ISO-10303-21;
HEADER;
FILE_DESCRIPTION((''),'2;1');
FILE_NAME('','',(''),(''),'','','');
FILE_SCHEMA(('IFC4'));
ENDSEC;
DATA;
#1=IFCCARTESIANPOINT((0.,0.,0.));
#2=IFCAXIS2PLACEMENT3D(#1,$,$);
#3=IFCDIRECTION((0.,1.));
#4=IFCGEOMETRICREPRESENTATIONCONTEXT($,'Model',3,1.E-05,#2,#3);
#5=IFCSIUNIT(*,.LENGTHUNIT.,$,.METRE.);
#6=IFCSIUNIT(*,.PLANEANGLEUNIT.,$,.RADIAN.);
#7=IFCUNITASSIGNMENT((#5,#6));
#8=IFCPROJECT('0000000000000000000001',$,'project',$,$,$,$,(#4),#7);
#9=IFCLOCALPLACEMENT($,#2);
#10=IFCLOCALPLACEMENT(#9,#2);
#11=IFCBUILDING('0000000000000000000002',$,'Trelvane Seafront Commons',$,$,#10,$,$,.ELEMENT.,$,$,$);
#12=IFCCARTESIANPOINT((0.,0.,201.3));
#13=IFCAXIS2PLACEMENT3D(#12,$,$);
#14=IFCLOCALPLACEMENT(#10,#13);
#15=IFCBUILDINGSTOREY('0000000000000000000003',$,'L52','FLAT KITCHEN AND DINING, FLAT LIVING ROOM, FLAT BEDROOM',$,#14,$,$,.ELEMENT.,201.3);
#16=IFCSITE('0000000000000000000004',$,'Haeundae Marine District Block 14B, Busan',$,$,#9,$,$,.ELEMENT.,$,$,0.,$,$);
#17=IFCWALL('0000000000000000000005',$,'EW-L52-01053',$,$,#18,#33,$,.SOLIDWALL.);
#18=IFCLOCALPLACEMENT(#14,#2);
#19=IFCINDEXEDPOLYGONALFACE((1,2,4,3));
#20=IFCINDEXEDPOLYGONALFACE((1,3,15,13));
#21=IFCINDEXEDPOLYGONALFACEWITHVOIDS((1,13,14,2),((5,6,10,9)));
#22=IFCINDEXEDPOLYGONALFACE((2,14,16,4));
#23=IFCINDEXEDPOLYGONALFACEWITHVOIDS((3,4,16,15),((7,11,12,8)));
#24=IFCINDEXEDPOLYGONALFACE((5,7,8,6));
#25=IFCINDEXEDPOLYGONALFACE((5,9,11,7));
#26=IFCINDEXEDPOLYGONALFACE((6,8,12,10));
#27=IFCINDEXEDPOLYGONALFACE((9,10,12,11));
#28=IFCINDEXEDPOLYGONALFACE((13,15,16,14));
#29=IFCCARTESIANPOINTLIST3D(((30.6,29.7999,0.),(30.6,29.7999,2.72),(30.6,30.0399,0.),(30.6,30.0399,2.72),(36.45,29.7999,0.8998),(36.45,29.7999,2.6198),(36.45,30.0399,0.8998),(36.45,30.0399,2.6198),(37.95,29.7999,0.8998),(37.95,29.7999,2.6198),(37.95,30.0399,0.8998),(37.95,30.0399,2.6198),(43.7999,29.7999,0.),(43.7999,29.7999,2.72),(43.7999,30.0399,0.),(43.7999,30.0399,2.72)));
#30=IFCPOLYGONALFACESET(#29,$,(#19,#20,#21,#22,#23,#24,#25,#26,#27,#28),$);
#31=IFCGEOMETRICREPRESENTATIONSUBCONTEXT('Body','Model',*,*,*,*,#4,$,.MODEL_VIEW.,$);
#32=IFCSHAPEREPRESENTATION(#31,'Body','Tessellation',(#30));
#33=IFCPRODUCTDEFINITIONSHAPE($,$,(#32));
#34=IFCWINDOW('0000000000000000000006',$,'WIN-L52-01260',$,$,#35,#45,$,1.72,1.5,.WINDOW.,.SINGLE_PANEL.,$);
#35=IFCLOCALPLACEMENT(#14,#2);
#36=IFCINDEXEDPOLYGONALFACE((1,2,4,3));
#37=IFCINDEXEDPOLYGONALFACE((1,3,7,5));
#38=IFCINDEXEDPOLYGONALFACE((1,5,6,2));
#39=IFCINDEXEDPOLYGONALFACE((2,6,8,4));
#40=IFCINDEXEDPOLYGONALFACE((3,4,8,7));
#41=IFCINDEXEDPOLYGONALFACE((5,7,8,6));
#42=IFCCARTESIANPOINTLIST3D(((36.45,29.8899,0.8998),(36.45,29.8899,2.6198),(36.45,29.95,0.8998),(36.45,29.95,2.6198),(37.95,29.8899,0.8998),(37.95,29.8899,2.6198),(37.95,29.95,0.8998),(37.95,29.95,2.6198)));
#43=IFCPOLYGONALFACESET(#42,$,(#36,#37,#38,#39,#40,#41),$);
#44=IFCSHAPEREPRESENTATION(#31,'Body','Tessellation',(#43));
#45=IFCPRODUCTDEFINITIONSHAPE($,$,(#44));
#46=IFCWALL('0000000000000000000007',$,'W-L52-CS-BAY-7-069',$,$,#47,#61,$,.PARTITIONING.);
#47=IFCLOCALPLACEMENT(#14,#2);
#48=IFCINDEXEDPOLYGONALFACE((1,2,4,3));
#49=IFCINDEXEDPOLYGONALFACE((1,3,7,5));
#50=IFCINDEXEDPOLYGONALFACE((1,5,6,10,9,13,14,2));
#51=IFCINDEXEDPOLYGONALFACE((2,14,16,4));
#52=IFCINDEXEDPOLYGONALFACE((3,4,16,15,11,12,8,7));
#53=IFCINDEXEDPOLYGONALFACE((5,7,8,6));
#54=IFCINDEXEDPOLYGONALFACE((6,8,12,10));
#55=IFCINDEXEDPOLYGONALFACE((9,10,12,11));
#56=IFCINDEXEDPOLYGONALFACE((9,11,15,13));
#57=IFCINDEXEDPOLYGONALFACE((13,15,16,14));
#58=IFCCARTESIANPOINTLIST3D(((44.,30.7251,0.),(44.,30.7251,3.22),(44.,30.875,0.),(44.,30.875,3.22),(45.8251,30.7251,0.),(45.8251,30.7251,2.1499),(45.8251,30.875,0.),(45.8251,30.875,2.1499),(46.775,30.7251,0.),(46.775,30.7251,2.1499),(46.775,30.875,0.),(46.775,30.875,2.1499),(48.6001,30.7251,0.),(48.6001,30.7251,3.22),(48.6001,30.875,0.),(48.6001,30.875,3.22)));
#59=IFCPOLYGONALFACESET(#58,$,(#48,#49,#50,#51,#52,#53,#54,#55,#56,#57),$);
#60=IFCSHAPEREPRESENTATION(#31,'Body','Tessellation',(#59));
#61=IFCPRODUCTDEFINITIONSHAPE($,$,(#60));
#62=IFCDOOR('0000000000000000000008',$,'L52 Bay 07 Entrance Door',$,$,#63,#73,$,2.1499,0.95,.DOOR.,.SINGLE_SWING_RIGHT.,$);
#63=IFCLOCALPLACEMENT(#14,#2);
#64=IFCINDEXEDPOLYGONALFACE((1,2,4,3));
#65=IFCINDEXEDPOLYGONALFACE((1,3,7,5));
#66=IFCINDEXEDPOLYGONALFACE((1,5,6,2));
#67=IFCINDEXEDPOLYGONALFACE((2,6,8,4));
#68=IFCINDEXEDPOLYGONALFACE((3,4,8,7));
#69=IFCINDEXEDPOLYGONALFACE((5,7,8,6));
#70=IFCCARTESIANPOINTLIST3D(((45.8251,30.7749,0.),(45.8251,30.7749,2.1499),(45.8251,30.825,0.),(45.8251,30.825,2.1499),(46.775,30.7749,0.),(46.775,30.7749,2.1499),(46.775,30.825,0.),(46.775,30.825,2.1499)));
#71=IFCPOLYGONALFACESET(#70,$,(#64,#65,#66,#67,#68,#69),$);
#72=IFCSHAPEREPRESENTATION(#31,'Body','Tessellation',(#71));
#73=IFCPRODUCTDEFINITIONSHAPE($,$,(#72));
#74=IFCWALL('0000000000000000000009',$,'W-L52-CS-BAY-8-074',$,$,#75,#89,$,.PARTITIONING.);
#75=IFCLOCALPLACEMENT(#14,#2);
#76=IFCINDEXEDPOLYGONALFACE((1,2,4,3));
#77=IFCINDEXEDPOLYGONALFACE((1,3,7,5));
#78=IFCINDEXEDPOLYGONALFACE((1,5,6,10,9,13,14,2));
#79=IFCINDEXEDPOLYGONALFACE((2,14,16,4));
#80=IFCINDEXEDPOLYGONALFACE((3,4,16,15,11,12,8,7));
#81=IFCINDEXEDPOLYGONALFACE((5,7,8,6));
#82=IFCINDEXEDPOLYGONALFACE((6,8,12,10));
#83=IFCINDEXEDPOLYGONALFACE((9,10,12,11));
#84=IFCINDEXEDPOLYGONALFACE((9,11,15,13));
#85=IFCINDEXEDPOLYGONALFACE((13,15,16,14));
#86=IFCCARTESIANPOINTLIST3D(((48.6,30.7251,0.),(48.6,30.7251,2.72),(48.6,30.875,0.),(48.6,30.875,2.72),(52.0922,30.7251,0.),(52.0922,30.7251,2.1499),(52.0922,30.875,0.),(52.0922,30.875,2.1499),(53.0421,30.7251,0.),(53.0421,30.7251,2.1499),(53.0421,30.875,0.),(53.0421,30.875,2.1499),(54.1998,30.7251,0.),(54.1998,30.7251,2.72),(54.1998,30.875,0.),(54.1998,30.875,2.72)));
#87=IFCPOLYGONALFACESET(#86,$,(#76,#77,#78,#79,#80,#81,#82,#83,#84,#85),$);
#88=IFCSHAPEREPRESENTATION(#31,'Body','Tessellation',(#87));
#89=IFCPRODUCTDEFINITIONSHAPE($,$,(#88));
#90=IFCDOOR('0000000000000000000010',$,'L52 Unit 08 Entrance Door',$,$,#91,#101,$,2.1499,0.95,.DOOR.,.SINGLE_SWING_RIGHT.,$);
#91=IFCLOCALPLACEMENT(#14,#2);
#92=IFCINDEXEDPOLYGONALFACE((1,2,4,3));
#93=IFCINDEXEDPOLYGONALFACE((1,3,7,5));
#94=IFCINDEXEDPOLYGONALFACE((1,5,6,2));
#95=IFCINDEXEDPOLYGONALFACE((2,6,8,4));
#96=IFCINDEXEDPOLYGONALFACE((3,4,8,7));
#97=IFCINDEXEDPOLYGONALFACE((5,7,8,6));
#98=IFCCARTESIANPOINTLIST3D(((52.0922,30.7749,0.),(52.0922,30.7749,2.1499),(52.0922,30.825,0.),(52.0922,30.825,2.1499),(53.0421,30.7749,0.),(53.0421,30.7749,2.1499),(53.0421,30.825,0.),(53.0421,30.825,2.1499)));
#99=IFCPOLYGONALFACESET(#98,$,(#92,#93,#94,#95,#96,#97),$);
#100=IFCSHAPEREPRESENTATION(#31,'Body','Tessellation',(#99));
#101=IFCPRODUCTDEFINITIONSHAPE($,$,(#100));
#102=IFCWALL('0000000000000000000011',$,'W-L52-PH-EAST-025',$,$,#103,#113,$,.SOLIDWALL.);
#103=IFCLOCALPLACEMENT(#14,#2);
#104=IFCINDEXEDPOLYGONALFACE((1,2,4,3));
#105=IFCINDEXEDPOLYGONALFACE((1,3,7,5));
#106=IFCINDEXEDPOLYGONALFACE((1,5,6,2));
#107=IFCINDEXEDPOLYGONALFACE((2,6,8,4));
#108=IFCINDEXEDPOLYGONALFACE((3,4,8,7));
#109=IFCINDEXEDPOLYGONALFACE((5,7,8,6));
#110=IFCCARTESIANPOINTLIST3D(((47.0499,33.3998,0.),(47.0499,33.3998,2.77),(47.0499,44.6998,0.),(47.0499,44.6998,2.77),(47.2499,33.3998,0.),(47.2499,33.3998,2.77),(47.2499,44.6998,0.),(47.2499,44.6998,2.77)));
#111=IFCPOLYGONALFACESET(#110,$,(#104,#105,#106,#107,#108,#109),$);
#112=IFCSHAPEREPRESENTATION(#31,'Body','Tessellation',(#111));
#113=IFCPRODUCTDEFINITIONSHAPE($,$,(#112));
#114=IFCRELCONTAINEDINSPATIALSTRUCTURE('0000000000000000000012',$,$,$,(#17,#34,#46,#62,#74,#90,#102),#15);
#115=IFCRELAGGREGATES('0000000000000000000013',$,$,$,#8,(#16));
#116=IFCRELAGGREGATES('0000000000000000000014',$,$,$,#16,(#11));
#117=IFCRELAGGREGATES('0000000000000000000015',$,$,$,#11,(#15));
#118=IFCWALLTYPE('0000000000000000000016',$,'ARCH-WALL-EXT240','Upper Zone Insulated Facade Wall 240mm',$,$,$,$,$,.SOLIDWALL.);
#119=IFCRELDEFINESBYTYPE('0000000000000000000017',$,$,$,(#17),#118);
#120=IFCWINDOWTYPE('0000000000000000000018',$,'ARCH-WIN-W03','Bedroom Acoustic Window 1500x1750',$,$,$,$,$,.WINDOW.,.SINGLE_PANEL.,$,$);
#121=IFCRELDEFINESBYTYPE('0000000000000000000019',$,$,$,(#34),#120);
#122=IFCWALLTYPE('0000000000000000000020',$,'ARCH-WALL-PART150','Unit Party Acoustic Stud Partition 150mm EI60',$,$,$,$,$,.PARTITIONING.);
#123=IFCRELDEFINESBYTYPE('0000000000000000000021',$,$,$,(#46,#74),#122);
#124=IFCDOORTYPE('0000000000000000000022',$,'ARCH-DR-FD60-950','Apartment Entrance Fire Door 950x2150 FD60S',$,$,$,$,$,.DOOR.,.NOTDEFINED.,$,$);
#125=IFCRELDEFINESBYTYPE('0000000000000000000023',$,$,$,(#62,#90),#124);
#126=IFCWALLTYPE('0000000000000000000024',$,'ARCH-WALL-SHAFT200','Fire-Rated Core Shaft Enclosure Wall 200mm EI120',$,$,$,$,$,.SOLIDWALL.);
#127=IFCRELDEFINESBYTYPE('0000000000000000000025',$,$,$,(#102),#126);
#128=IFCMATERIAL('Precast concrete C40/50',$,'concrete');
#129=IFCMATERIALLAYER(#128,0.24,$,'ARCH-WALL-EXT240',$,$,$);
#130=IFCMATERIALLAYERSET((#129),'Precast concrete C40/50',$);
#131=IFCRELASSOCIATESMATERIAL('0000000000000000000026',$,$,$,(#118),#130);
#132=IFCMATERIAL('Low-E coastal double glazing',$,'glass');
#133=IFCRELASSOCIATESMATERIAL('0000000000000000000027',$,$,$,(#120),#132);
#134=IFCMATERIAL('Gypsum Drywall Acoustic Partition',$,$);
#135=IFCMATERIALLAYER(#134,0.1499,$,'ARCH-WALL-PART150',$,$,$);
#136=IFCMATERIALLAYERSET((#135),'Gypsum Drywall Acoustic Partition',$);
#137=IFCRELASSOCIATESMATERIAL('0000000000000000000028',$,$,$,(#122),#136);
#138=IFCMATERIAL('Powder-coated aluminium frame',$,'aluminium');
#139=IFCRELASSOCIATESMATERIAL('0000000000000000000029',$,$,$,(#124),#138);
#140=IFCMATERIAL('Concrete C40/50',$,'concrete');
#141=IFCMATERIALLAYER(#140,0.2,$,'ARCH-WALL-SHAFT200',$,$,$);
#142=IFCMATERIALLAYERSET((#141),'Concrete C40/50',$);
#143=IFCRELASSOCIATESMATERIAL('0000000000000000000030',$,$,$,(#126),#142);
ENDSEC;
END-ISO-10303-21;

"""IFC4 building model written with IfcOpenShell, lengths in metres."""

from ifc_helpers import new_model, si_unit, direction, frame, frame_2d, origin, place, context, subcontext, project, spatial, rectangle, extrude, source, transform, mapped, material, layer, layer_set, type_object, element, fill, save


model = new_model("IFC4")

# Units and contexts
model_context = context("Model", 3, precision=1e-05, world=origin(), true_north=direction((0.0, 1.0)))
body_context = subcontext(model_context, "Body", "Model", "MODEL_VIEW")
ifc_project = project(units=[si_unit("LENGTHUNIT", "METRE"), si_unit("PLANEANGLEUNIT", "RADIAN")], contexts=[model_context])

# Site, building, storey
site_placement = place(None, origin())
site = spatial("IfcSite", under=ifc_project, at=site_placement, Name="Haeundae Marine District Block 14B, Busan", CompositionType="ELEMENT", RefElevation=0.0)
building_placement = place(site_placement, origin())
building = spatial("IfcBuilding", under=site, at=building_placement, Name="Trelvane Seafront Commons", CompositionType="ELEMENT")
storey_placement = place(building_placement, frame((0.0, 0.0, 201.3)))
storey = spatial("IfcBuildingStorey", under=building, at=storey_placement, Name="L52", Description="FLAT KITCHEN AND DINING, FLAT LIVING ROOM, FLAT BEDROOM", CompositionType="ELEMENT", Elevation=201.3)

# Shared definitions
ifc_material_1 = material(Name="Low-E coastal double glazing", Category="glass")

# Wall, opening, window
ifc_material_2 = material(Name="Precast concrete C40/50", Category="concrete")
ifc_layer_1 = layer(ifc_material_2, 0.24, Name="ARCH-WALL-EXT240")
ifc_layer_set_1 = layer_set([ifc_layer_1], Name="Precast concrete C40/50")
wall_type_1 = type_object("IfcWallType", Name="ARCH-WALL-EXT240", Description="Upper Zone Insulated Facade Wall 240mm", PredefinedType="SOLIDWALL", material=ifc_layer_set_1)
wall_1_placement = place(storey_placement, frame((43.8, 29.9199, 0.0), z_axis=(0.0, 0.0, 1.0), x_axis=(-1.0, 0.0, 0.0)))
wall_1 = element("IfcWall", 1, at=wall_1_placement, inside=storey, type_object=wall_type_1, Name="EW-L52-01053", PredefinedType="SOLIDWALL", context=body_context, shape_type="SweptSolid", body=[
    extrude(rectangle(XDim=13.2, YDim=0.24, at=frame_2d((6.6001, 0.0))), origin(), (0.0, 0.0, 1.0), 2.72),
])
opening_1_placement = place(wall_1_placement, frame((5.8501, 0.0, 0.8999)))
opening_1 = element("IfcOpeningElement", 2, at=opening_1_placement, cuts=wall_1, PredefinedType="OPENING", context=body_context, shape_type="SweptSolid", body=[
    extrude(rectangle(XDim=1.5, YDim=1.72, at=frame_2d((0.75, 0.8599))), frame((0.0, 0.1299, 0.0), z_axis=(0.0, -1.0, 0.0), x_axis=(1.0, 0.0, 0.0)), (0.0, 0.0, 1.0), 0.26),
])
window_type = type_object("IfcWindowType", Name="ARCH-WIN-W03", Description="Bedroom Acoustic Window 1500x1750", PartitioningType="SINGLE_PANEL", PredefinedType="WINDOW", material=ifc_material_1)
shared_shape_1 = source(origin(), body_context, "Body", "SweptSolid", [
    extrude(rectangle(XDim=1.5, YDim=1.72, at=frame_2d((0.75, 0.8599))), frame((0.0, 0.03, 0.0), z_axis=(0.0, -1.0, 0.0), x_axis=(1.0, 0.0, 0.0)), (0.0, 0.0, 1.0), 0.0601),
])
window_placement = place(opening_1_placement, origin())
window = element("IfcWindow", 3, at=window_placement, inside=storey, type_object=window_type, Name="WIN-L52-01260", OverallHeight=1.72, OverallWidth=1.5, PartitioningType="SINGLE_PANEL", PredefinedType="WINDOW", context=body_context, shape_type="MappedRepresentation", body=[
    mapped(shared_shape_1, transform((0.0, 0.0, 0.0), x_axis=(1.0, 0.0, 0.0), y_axis=(0.0, 1.0, 0.0), z_axis=(0.0, 0.0, 1.0), scale=1.0)),
])
fill(opening_1, window)

# Walls, openings, doors
ifc_material_3 = material(Name="Gypsum Drywall Acoustic Partition")
ifc_layer_2 = layer(ifc_material_3, 0.1499, Name="ARCH-WALL-PART150")
ifc_layer_set_2 = layer_set([ifc_layer_2], Name="Gypsum Drywall Acoustic Partition")
wall_type_2 = type_object("IfcWallType", Name="ARCH-WALL-PART150", Description="Unit Party Acoustic Stud Partition 150mm EI60", PredefinedType="PARTITIONING", material=ifc_layer_set_2)
wall_2_placement = place(storey_placement, frame((44.0, 30.8, 0.0), z_axis=(0.0, 0.0, 1.0), x_axis=(1.0, 0.0, 0.0)))
wall_2 = element("IfcWall", 4, at=wall_2_placement, inside=storey, type_object=wall_type_2, Name="W-L52-CS-BAY-7-069", PredefinedType="PARTITIONING", context=body_context, shape_type="SweptSolid", body=[
    extrude(rectangle(XDim=4.6001, YDim=0.1499, at=frame_2d((2.3, 0.0))), origin(), (0.0, 0.0, 1.0), 3.22),
])
opening_2_placement = place(wall_2_placement, frame((1.825, 0.0, 0.0)))
opening_2 = element("IfcOpeningElement", 5, at=opening_2_placement, cuts=wall_2, PredefinedType="OPENING", context=body_context, shape_type="SweptSolid", body=[
    extrude(rectangle(XDim=0.95, YDim=2.1499, at=frame_2d((0.4751, 1.075))), frame((0.0, 0.085, 0.0), z_axis=(0.0, -1.0, 0.0), x_axis=(1.0, 0.0, 0.0)), (0.0, 0.0, 1.0), 0.1699),
])
ifc_material_4 = material(Name="Powder-coated aluminium frame", Category="aluminium")
door_type = type_object("IfcDoorType", Name="ARCH-DR-FD60-950", Description="Apartment Entrance Fire Door 950x2150 FD60S", OperationType="NOTDEFINED", PredefinedType="DOOR", material=ifc_material_4)
shared_shape_2 = source(origin(), body_context, "Body", "SweptSolid", [
    extrude(rectangle(XDim=0.95, YDim=2.1499, at=frame_2d((0.4751, 1.075))), frame((0.0, 0.0249, 0.0), z_axis=(0.0, -1.0, 0.0), x_axis=(1.0, 0.0, 0.0)), (0.0, 0.0, 1.0), 0.05),
])
door_1_placement = place(opening_2_placement, origin())
door_1 = element("IfcDoor", 6, at=door_1_placement, inside=storey, type_object=door_type, Name="L52 Bay 07 Entrance Door", OperationType="SINGLE_SWING_RIGHT", OverallHeight=2.1499, OverallWidth=0.95, PredefinedType="DOOR", context=body_context, shape_type="MappedRepresentation", body=[
    mapped(shared_shape_2, transform((0.0, 0.0, 0.0), x_axis=(1.0, 0.0, 0.0), y_axis=(0.0, 1.0, 0.0), z_axis=(0.0, 0.0, 1.0), scale=1.0)),
])
fill(opening_2, door_1)
wall_3_placement = place(storey_placement, frame((48.6001, 30.8, 0.0), z_axis=(0.0, 0.0, 1.0), x_axis=(1.0, 0.0, 0.0)))
wall_3 = element("IfcWall", 7, at=wall_3_placement, inside=storey, type_object=wall_type_2, Name="W-L52-CS-BAY-8-074", PredefinedType="PARTITIONING", context=body_context, shape_type="SweptSolid", body=[
    extrude(rectangle(XDim=5.5999, YDim=0.1499, at=frame_2d((2.7998, 0.0))), origin(), (0.0, 0.0, 1.0), 2.72),
])
opening_3_placement = place(wall_3_placement, frame((3.4919, 0.0, 0.0)))
opening_3 = element("IfcOpeningElement", 8, at=opening_3_placement, cuts=wall_3, PredefinedType="OPENING", context=body_context, shape_type="SweptSolid", body=[
    extrude(rectangle(XDim=0.95, YDim=2.1499, at=frame_2d((0.4751, 1.075))), frame((0.0, 0.085, 0.0), z_axis=(0.0, -1.0, 0.0), x_axis=(1.0, 0.0, 0.0)), (0.0, 0.0, 1.0), 0.1699),
])
door_2_placement = place(opening_3_placement, origin())
door_2 = element("IfcDoor", 9, at=door_2_placement, inside=storey, type_object=door_type, Name="L52 Unit 08 Entrance Door", OperationType="SINGLE_SWING_RIGHT", OverallHeight=2.1499, OverallWidth=0.95, PredefinedType="DOOR", context=body_context, shape_type="MappedRepresentation", body=[
    mapped(shared_shape_2, transform((0.0, 0.0, 0.0), x_axis=(1.0, 0.0, 0.0), y_axis=(0.0, 1.0, 0.0), z_axis=(0.0, 0.0, 1.0), scale=1.0)),
])
fill(opening_3, door_2)

# Wall
ifc_material_5 = material(Name="Concrete C40/50", Category="concrete")
ifc_layer_3 = layer(ifc_material_5, 0.2, Name="ARCH-WALL-SHAFT200")
ifc_layer_set_3 = layer_set([ifc_layer_3], Name="Concrete C40/50")
wall_type_3 = type_object("IfcWallType", Name="ARCH-WALL-SHAFT200", Description="Fire-Rated Core Shaft Enclosure Wall 200mm EI120", PredefinedType="SOLIDWALL", material=ifc_layer_set_3)
wall_4_placement = place(storey_placement, frame((47.1499, 33.3999, 0.0), z_axis=(0.0, 0.0, 1.0), x_axis=(0.0, 1.0, 0.0)))
element("IfcWall", 10, at=wall_4_placement, inside=storey, type_object=wall_type_3, Name="W-L52-PH-EAST-025", PredefinedType="SOLIDWALL", context=body_context, shape_type="SweptSolid", body=[
    extrude(rectangle(XDim=11.3, YDim=0.2, at=frame_2d((5.6499, 0.0))), origin(), (0.0, 0.0, 1.0), 2.77),
])

save(model, "model.ifc")
